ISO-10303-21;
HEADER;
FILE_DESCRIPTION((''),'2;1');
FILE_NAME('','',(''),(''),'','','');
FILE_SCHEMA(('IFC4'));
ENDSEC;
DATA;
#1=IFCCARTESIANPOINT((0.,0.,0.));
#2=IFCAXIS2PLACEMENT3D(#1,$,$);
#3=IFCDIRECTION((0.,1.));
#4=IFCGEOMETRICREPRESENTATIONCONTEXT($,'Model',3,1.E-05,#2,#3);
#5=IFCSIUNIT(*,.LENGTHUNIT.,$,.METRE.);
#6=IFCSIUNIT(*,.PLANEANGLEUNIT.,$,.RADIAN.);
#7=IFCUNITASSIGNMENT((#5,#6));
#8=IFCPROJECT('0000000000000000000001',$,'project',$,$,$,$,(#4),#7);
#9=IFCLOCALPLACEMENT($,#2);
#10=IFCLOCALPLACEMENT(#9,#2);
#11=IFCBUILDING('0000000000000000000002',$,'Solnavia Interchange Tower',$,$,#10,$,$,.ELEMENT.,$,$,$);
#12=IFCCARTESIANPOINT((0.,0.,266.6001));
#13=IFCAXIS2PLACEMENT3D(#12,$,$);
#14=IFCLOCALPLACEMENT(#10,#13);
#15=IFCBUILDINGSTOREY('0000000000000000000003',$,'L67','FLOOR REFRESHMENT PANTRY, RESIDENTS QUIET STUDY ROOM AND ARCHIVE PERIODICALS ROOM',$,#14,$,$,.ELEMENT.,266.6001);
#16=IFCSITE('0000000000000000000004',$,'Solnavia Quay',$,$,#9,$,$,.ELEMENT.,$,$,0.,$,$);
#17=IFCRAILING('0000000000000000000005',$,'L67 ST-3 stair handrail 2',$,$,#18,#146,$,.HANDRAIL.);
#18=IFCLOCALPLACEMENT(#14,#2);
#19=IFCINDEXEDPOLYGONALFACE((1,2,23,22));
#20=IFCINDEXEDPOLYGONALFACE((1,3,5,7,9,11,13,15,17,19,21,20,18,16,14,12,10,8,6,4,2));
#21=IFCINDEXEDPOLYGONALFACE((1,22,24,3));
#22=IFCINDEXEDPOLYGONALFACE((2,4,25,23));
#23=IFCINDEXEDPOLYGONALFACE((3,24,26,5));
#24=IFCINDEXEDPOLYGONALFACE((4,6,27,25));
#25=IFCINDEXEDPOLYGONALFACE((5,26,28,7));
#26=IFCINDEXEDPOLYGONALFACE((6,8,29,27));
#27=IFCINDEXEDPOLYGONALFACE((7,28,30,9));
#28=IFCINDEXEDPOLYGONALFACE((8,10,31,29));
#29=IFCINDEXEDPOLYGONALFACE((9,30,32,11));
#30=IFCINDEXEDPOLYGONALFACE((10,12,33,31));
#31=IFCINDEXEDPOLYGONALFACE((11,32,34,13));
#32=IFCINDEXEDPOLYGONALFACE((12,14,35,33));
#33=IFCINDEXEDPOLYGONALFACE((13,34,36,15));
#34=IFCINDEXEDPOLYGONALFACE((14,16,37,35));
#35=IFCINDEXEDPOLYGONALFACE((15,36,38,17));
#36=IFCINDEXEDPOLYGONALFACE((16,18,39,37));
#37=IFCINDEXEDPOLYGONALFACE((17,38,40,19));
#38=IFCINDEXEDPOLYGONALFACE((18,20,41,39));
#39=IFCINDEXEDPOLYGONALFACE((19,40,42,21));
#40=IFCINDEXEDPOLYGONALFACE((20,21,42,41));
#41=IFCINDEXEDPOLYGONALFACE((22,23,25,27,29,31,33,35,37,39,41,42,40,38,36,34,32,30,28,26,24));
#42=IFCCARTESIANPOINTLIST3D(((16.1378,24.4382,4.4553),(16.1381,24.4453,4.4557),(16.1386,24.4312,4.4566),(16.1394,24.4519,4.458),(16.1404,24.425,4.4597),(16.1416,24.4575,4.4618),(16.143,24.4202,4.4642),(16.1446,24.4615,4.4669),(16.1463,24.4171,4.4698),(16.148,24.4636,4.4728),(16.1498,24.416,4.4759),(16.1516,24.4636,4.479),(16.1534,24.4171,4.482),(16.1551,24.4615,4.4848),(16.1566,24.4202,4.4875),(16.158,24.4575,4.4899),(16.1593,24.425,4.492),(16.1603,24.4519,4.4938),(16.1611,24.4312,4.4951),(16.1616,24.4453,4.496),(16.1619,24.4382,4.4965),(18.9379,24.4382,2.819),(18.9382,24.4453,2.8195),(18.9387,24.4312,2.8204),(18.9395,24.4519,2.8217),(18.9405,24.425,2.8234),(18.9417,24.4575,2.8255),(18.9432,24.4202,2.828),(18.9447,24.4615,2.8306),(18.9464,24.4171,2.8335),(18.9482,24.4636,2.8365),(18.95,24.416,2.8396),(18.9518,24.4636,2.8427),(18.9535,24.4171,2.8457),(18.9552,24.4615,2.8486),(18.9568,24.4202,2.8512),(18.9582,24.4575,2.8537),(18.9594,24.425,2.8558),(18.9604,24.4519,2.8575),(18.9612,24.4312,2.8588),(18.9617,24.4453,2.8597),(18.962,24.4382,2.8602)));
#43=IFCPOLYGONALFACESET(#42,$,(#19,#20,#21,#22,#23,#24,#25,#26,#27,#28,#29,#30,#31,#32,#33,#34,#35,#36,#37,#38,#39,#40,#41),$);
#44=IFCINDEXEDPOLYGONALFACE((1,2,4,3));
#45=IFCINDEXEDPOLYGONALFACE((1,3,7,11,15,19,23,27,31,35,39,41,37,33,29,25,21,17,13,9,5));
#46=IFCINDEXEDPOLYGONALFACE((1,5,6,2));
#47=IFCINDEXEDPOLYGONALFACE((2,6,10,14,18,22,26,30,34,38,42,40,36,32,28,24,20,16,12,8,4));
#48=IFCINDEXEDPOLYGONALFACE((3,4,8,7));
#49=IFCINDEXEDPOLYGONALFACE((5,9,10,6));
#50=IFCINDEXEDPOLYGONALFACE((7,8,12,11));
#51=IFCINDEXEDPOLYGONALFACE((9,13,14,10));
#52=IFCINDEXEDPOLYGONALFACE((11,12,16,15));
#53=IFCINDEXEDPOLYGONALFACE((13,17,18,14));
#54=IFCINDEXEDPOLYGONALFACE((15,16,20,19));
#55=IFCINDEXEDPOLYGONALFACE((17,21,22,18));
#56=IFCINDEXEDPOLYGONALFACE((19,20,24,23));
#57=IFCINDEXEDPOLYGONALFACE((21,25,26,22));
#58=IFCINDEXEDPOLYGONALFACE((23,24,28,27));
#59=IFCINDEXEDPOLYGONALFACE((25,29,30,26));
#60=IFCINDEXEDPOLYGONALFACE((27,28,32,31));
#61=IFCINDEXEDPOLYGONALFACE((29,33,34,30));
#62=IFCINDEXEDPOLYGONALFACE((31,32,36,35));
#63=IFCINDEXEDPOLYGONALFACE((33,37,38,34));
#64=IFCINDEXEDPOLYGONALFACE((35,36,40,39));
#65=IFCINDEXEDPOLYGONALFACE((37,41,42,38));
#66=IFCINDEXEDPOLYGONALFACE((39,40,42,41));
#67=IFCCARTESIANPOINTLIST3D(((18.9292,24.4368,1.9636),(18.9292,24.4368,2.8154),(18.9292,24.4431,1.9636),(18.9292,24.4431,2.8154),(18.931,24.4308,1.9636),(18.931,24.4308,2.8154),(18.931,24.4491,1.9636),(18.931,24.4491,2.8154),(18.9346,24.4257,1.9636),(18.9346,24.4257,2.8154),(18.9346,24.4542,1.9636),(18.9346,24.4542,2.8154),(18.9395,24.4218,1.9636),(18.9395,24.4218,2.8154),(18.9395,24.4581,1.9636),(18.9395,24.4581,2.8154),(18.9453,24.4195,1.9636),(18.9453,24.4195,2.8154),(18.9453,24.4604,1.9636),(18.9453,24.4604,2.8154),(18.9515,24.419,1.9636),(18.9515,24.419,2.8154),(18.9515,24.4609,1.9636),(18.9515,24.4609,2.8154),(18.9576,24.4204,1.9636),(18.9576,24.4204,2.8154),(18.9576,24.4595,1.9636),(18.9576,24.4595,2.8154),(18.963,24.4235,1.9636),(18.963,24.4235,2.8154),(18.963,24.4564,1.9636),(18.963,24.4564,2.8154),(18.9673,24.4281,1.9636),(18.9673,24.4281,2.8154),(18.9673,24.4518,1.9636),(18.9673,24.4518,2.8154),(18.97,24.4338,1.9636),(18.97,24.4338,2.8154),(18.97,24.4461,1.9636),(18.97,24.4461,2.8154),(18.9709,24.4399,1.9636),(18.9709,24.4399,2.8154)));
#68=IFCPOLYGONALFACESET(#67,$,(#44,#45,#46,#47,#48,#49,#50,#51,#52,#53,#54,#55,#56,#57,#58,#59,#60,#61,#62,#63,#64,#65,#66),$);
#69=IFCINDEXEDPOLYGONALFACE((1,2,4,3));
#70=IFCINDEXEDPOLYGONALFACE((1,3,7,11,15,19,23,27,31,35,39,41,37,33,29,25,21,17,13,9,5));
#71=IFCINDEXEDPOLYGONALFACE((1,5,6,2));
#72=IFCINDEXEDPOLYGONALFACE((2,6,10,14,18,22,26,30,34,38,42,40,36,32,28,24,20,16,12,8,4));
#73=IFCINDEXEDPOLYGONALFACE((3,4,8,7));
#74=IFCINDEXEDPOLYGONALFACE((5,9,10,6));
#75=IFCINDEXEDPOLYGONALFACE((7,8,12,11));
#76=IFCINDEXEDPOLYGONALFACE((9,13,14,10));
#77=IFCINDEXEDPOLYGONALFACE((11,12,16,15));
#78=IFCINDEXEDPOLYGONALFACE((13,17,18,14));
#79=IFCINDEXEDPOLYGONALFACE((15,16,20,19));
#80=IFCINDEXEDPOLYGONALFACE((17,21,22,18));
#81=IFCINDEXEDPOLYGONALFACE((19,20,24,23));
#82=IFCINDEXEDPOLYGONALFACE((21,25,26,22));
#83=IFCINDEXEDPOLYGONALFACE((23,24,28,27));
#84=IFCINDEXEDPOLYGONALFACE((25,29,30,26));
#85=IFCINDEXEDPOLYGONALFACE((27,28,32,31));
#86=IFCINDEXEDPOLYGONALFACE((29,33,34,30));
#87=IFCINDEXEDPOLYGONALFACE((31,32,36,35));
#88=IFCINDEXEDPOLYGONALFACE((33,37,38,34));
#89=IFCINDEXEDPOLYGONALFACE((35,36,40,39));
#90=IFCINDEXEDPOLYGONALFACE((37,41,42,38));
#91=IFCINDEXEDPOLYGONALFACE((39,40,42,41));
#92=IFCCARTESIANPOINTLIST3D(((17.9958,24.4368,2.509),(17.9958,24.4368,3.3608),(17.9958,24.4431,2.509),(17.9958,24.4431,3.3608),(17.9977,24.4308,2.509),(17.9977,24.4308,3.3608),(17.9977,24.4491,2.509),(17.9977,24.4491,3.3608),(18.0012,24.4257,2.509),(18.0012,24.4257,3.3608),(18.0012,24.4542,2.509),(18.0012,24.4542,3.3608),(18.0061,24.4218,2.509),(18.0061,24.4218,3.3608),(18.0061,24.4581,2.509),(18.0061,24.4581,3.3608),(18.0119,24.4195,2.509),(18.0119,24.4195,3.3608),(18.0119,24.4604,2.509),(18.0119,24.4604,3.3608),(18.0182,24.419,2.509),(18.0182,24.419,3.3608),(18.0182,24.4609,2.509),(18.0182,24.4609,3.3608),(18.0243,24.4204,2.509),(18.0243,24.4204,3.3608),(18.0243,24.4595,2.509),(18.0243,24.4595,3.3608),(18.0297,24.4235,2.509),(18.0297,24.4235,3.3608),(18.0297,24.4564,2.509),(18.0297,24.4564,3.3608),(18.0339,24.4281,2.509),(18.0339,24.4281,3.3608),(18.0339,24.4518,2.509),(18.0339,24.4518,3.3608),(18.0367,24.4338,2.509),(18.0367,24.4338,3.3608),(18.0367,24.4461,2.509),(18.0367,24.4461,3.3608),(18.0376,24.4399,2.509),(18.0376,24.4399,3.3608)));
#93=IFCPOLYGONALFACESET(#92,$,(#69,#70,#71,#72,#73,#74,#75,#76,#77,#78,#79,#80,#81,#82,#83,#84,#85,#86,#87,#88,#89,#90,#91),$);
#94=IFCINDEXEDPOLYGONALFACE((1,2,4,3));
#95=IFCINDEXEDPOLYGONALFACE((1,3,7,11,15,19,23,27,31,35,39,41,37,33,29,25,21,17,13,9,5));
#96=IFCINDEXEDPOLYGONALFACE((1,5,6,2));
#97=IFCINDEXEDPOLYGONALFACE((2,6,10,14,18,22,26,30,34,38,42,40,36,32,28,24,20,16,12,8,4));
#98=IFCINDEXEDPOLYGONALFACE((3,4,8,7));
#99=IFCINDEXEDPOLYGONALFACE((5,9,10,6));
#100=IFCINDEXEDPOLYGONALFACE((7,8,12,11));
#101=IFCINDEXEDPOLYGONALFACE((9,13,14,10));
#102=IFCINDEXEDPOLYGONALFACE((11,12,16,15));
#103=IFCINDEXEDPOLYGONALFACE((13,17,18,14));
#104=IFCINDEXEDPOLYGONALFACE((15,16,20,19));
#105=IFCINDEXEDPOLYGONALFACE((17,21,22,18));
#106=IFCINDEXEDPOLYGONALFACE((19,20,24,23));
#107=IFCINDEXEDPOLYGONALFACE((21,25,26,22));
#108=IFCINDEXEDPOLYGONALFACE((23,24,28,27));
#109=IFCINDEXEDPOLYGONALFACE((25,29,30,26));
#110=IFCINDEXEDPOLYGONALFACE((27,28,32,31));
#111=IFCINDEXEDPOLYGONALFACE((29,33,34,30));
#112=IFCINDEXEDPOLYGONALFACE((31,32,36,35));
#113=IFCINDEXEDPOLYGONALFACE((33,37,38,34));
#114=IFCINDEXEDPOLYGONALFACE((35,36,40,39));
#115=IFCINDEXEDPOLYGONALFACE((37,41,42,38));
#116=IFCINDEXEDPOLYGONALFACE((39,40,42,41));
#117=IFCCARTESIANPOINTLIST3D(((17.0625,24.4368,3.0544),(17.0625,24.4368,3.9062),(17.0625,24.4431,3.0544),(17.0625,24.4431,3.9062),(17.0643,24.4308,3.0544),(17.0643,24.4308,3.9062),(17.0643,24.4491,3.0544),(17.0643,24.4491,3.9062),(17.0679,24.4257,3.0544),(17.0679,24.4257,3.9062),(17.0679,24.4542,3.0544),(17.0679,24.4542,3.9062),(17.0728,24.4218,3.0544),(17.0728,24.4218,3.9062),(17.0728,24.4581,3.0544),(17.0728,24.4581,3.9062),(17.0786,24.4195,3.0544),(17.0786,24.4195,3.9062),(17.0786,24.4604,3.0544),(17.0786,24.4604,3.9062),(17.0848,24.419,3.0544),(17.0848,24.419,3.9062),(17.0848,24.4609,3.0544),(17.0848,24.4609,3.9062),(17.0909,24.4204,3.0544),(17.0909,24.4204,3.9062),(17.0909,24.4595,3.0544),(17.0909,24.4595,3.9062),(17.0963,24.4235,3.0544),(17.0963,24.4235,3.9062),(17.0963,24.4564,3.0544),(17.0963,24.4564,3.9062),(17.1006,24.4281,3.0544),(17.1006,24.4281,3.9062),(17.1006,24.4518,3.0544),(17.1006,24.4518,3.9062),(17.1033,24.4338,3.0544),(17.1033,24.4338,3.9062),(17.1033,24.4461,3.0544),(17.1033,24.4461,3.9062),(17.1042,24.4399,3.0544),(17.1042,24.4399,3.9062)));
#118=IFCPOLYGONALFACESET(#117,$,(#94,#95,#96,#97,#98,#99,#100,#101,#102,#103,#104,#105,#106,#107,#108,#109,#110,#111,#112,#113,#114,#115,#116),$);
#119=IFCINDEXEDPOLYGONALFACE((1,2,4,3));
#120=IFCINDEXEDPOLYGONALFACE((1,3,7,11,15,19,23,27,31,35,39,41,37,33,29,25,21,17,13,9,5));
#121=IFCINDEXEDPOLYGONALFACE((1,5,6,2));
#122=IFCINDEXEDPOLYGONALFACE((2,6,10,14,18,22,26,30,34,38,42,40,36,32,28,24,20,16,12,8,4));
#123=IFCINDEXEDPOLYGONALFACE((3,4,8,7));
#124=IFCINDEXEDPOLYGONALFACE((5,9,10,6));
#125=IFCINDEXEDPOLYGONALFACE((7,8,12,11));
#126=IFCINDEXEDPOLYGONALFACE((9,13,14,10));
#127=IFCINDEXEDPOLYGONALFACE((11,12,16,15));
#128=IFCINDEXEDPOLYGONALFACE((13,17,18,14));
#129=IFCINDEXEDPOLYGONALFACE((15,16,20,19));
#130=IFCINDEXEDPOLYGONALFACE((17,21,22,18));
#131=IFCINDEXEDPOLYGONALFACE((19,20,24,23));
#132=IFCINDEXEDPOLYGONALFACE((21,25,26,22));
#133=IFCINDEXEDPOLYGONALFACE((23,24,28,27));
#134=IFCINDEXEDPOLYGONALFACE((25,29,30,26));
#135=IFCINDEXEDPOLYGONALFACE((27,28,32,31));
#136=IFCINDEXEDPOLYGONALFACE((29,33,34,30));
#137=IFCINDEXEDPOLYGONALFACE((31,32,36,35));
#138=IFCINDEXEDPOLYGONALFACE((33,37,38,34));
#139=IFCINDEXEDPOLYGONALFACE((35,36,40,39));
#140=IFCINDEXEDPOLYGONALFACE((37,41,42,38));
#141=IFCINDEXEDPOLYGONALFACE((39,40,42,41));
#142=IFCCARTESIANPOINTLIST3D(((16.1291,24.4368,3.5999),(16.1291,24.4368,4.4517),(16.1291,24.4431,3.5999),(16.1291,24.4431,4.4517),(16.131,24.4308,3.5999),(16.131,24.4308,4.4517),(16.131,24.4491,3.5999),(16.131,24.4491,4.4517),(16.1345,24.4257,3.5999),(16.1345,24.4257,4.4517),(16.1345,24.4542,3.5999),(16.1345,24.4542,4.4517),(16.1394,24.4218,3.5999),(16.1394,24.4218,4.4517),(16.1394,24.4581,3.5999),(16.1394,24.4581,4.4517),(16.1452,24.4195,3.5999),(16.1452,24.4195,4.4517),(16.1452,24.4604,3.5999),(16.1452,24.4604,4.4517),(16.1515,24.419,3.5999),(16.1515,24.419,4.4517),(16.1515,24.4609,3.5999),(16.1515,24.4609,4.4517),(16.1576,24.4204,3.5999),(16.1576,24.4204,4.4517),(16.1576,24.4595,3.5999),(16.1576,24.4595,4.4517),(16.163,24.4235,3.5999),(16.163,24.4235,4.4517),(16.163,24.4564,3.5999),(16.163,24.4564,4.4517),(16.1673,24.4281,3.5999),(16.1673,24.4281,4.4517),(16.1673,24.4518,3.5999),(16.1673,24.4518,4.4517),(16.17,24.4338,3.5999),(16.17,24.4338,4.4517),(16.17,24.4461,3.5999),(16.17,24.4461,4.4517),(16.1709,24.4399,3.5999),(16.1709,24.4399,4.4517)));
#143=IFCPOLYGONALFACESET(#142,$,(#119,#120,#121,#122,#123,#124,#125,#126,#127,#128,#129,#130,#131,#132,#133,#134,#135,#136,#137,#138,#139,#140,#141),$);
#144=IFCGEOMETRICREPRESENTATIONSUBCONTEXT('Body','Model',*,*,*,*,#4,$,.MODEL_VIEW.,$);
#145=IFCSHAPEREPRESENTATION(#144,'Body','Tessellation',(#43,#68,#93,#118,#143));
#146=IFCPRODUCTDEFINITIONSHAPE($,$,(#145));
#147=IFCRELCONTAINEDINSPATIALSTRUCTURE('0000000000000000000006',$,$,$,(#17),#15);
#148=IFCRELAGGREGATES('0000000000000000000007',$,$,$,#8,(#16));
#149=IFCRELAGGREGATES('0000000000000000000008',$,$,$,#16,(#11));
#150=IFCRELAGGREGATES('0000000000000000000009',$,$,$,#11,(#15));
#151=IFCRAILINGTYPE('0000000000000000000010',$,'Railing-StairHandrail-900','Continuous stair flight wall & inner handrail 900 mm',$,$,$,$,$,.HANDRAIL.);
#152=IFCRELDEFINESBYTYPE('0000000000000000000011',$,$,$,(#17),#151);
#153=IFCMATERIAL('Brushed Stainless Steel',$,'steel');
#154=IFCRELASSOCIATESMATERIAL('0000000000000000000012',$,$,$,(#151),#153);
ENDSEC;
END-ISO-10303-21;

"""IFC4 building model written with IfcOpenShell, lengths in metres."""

from ifc_helpers import new_model, si_unit, direction, frame, origin, origin_2d, place, context, subcontext, project, spatial, circle, extrude, material, type_object, element, save


model = new_model("IFC4")

# Units and contexts
model_context = context("Model", 3, precision=1e-05, world=origin(), true_north=direction((0.0, 1.0)))
body_context = subcontext(model_context, "Body", "Model", "MODEL_VIEW")
ifc_project = project(units=[si_unit("LENGTHUNIT", "METRE"), si_unit("PLANEANGLEUNIT", "RADIAN")], contexts=[model_context])

# Site, building, storey
site_placement = place(None, origin())
site = spatial("IfcSite", under=ifc_project, at=site_placement, Name="Solnavia Quay", CompositionType="ELEMENT", RefElevation=0.0)
building_placement = place(site_placement, origin())
building = spatial("IfcBuilding", under=site, at=building_placement, Name="Solnavia Interchange Tower", CompositionType="ELEMENT")
storey_placement = place(building_placement, frame((0.0, 0.0, 266.6001)))
storey = spatial("IfcBuildingStorey", under=building, at=storey_placement, Name="L67", Description="FLOOR REFRESHMENT PANTRY, RESIDENTS QUIET STUDY ROOM AND ARCHIVE PERIODICALS ROOM", CompositionType="ELEMENT", Elevation=266.6001)

# Railing
ifc_material_1 = material(Name="Brushed Stainless Steel", Category="steel")
railing_type_1 = type_object("IfcRailingType", Name="Railing-StairHandrail-900", Description="Continuous stair flight wall & inner handrail 900 mm", PredefinedType="HANDRAIL", material=ifc_material_1)
railing_1_placement = place(storey_placement, frame((18.95, 24.4399, 1.9636)))
element("IfcRailing", 1, at=railing_1_placement, inside=storey, type_object=railing_type_1, Name="L67 ST-3 stair handrail 2", PredefinedType="HANDRAIL", context=body_context, shape_type="SweptSolid", body=[
    extrude(circle(Radius=0.0239, at=origin_2d()), frame((0.0, 0.0, 0.876), z_axis=(-0.863394, 0.0, 0.504531), x_axis=(0.0, -1.0, 0.0)), (0.0, 0.0, 1.0), 3.2432),
    extrude(circle(Radius=0.021, at=origin_2d()), origin(), (0.0, 0.0, 1.0), 0.8518),
    extrude(circle(Radius=0.021, at=origin_2d()), frame((-0.9333, 0.0, 0.5454)), (0.0, 0.0, 1.0), 0.8518),
    extrude(circle(Radius=0.021, at=origin_2d()), frame((-1.8667, 0.0, 1.0908)), (0.0, 0.0, 1.0), 0.8518),
    extrude(circle(Radius=0.021, at=origin_2d()), frame((-2.8, 0.0, 1.6362)), (0.0, 0.0, 1.0), 0.8518),
])

save(model, "model.ifc")
